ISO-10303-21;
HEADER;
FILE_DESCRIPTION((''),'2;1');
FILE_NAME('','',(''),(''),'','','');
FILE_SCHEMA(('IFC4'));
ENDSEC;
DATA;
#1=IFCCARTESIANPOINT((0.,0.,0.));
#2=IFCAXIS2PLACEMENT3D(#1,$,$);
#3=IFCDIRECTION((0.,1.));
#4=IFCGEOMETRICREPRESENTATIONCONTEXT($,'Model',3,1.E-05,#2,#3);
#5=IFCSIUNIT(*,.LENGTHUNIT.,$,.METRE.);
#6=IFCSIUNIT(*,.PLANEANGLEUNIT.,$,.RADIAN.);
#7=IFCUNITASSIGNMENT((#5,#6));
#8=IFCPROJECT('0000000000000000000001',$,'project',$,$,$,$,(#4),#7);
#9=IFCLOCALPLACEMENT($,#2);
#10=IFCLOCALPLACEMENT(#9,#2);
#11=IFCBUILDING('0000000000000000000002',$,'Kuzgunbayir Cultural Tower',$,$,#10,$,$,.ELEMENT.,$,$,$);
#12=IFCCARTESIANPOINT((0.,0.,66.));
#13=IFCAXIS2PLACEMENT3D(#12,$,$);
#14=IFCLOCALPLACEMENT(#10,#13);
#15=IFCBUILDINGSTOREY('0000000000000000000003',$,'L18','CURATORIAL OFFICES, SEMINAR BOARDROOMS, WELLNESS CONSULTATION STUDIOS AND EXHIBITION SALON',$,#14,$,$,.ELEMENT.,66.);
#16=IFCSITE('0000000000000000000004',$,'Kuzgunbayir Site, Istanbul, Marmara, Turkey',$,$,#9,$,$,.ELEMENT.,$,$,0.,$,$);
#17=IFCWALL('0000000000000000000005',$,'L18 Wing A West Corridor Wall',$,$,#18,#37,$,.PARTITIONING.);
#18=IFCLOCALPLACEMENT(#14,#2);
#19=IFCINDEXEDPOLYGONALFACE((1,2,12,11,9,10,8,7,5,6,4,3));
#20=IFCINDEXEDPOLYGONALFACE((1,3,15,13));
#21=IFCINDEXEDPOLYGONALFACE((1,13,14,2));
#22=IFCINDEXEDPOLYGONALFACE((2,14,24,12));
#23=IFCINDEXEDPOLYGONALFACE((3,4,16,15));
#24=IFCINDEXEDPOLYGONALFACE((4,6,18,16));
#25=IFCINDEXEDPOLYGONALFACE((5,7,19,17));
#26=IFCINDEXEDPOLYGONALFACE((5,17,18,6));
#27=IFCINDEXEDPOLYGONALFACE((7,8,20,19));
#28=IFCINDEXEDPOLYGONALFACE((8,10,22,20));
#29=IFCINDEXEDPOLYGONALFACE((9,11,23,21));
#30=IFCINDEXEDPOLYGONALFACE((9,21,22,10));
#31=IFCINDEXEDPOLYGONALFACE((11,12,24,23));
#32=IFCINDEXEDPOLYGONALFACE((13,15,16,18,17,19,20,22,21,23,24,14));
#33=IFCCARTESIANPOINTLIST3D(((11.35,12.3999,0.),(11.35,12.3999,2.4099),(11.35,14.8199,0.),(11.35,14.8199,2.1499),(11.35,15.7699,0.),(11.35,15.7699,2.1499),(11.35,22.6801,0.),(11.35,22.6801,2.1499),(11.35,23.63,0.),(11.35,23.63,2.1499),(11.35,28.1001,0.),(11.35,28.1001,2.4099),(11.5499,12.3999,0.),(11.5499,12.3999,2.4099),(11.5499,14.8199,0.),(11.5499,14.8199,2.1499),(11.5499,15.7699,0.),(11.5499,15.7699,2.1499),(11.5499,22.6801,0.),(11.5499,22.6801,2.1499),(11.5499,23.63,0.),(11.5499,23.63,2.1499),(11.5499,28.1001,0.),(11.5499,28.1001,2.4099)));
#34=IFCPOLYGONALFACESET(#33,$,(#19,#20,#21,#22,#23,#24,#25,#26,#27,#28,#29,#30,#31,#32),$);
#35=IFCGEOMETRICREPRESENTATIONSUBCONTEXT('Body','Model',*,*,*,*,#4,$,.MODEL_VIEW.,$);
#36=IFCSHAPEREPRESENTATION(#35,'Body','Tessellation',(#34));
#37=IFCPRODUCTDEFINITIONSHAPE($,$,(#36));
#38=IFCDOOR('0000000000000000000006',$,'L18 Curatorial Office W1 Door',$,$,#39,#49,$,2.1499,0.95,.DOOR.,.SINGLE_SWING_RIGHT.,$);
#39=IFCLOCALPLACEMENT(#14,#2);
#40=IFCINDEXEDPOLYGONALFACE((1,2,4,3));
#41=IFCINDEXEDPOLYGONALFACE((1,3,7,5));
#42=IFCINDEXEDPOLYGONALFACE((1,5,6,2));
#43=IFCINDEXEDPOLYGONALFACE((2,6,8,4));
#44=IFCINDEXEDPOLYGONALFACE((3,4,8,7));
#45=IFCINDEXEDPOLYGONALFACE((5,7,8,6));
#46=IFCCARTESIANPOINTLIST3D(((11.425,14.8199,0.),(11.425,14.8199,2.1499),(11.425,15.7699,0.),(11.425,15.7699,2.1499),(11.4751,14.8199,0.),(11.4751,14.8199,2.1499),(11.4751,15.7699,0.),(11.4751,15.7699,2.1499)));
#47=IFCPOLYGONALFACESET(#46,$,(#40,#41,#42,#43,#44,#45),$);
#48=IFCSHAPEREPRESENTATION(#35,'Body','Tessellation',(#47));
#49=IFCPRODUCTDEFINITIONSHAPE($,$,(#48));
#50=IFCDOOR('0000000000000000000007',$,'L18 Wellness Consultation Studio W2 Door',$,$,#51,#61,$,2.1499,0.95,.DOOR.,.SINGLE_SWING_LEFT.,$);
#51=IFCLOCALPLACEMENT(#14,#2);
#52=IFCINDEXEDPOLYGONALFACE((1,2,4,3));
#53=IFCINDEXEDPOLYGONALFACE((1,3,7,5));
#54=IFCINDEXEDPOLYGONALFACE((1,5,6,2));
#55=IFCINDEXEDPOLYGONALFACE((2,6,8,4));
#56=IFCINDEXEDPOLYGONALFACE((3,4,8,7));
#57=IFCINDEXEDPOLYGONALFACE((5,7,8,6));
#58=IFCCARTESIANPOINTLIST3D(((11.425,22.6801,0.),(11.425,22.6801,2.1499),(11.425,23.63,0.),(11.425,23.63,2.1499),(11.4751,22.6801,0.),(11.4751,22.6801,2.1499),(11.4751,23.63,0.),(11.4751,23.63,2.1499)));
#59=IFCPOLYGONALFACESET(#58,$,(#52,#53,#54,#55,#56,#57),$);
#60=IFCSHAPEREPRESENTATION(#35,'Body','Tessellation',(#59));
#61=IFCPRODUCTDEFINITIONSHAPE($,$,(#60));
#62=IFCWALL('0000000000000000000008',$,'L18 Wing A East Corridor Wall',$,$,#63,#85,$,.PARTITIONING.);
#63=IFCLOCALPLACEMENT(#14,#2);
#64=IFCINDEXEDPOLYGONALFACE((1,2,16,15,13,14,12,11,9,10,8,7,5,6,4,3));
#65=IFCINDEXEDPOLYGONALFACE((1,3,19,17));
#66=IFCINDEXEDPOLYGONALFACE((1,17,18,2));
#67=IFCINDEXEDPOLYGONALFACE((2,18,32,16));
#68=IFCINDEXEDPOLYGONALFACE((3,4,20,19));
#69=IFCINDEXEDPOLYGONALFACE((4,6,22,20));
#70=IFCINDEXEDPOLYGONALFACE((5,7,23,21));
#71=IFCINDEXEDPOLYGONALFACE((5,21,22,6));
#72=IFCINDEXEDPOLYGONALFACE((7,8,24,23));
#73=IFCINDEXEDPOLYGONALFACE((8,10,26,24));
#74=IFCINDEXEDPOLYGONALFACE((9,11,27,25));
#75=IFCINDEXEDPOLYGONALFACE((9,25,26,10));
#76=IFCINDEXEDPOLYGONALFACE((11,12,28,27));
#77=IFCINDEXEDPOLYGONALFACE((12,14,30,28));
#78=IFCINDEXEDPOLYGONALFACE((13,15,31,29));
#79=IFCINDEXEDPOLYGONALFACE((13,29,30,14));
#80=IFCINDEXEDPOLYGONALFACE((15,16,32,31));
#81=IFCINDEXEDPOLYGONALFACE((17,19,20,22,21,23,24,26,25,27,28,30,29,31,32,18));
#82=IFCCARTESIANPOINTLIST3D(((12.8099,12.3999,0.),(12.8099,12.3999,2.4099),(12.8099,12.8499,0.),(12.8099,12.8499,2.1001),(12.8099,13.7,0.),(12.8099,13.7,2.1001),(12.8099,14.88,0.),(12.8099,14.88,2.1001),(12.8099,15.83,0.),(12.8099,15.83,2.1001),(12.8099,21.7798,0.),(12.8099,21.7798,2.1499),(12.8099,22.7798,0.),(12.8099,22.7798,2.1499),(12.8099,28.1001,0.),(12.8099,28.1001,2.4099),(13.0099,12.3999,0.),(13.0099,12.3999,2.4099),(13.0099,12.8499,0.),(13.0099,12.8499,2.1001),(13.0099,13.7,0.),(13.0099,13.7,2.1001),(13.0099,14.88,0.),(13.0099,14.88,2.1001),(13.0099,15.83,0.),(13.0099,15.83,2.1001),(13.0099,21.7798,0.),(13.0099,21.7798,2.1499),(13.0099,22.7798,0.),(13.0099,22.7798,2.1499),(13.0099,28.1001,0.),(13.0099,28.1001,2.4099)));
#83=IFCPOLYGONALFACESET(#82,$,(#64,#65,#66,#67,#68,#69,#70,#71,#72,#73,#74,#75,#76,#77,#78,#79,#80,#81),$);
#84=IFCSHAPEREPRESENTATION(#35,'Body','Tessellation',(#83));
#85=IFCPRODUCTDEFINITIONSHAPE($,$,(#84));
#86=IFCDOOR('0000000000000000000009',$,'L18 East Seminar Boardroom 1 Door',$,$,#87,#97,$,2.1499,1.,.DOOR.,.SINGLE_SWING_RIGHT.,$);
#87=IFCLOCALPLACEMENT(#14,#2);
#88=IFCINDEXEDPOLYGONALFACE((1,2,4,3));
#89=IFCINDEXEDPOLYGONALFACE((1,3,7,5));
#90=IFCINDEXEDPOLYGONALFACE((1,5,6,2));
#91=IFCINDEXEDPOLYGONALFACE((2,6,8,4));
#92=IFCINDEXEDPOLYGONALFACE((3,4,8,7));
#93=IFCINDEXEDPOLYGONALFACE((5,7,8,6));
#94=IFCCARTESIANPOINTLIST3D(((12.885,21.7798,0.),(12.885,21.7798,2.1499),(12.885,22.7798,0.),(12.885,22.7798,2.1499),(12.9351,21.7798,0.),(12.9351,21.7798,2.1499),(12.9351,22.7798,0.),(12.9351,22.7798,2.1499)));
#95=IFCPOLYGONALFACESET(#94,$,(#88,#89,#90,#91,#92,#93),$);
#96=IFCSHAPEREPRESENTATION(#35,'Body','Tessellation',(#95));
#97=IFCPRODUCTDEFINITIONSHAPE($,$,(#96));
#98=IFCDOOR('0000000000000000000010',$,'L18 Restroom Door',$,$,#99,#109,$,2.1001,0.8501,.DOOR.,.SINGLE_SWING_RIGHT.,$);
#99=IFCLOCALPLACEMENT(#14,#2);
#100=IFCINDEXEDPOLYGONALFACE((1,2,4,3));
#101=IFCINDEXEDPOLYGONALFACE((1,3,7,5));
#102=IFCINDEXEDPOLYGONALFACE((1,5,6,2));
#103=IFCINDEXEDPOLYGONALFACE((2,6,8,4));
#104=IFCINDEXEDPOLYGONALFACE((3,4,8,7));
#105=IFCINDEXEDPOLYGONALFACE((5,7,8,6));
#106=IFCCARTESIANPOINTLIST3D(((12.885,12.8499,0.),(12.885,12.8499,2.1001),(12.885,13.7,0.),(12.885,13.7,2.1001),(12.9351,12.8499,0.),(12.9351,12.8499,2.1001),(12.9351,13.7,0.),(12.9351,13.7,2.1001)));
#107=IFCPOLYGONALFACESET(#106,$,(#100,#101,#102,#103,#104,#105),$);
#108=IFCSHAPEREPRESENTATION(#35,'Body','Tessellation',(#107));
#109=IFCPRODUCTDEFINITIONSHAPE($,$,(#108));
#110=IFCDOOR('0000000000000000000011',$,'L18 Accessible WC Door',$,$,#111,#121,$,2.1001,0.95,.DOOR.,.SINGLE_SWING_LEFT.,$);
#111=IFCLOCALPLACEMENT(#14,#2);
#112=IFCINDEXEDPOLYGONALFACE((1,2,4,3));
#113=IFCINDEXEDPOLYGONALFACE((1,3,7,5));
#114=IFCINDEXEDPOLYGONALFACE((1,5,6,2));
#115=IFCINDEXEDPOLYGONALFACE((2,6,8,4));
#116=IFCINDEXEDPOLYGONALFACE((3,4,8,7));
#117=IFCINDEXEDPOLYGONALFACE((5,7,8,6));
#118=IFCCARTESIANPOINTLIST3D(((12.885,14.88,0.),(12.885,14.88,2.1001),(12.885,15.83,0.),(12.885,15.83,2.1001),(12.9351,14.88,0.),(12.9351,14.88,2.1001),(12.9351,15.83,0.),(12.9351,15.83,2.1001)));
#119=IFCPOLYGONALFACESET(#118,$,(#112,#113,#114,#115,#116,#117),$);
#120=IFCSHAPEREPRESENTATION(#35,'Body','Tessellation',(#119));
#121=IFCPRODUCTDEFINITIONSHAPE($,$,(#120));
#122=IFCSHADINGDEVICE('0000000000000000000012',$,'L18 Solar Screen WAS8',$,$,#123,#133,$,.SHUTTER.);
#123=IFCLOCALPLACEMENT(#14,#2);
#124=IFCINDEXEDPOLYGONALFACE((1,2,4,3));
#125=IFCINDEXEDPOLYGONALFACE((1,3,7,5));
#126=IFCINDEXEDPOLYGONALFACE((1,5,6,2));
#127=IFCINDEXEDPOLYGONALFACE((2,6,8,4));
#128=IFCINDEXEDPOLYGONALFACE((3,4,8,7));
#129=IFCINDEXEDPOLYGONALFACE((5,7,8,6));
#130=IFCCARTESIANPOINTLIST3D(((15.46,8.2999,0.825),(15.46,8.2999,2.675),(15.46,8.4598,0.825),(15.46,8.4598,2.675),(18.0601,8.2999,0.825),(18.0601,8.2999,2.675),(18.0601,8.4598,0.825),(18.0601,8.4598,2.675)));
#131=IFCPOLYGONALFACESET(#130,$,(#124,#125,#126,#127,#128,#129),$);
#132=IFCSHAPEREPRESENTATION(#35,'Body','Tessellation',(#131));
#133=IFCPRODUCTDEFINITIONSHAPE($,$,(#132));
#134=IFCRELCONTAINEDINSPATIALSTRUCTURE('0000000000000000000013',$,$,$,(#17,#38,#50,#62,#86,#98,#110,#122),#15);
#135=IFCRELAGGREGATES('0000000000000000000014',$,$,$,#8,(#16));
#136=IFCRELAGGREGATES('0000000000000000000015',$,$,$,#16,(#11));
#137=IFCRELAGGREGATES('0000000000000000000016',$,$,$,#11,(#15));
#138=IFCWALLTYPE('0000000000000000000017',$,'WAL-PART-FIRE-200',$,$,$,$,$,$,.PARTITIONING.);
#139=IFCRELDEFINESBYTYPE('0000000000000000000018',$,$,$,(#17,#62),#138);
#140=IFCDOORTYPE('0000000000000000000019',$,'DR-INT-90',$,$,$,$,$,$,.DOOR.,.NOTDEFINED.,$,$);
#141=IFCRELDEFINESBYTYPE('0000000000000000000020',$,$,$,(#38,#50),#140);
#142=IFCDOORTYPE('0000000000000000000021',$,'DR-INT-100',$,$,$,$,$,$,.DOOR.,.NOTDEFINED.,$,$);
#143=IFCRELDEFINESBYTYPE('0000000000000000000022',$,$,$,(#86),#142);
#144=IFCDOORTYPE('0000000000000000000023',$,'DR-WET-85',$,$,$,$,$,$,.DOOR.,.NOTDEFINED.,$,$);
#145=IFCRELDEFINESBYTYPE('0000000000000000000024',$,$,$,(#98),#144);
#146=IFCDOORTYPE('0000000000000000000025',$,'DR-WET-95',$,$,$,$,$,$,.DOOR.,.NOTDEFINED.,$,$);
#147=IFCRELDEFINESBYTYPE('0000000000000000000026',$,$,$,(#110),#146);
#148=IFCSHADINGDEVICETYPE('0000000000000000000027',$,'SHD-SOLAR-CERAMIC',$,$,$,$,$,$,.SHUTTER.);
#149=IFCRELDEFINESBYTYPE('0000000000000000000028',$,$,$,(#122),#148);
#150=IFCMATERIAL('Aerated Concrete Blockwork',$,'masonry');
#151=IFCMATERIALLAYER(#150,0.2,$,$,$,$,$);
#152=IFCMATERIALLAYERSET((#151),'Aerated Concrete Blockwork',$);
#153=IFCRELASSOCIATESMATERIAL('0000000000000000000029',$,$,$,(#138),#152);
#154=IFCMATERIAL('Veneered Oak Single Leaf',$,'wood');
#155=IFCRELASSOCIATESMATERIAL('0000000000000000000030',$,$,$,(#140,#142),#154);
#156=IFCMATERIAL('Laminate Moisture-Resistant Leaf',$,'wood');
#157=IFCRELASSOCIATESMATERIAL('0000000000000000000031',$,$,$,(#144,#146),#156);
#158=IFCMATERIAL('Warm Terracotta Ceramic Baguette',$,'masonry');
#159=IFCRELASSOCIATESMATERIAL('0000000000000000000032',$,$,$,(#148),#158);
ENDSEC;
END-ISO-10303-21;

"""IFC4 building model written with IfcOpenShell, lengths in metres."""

from ifc_helpers import new_model, si_unit, direction, frame, frame_2d, origin, origin_2d, place, context, subcontext, project, spatial, rectangle, extrude, material, layer, layer_set, type_object, element, fill, save


model = new_model("IFC4")

# Units and contexts
model_context = context("Model", 3, precision=1e-05, world=origin(), true_north=direction((0.0, 1.0)))
body_context = subcontext(model_context, "Body", "Model", "MODEL_VIEW")
ifc_project = project(units=[si_unit("LENGTHUNIT", "METRE"), si_unit("PLANEANGLEUNIT", "RADIAN")], contexts=[model_context])

# Site, building, storey
site_placement = place(None, origin())
site = spatial("IfcSite", under=ifc_project, at=site_placement, Name="Kuzgunbayir Site, Istanbul, Marmara, Turkey", CompositionType="ELEMENT", RefElevation=0.0)
building_placement = place(site_placement, origin())
building = spatial("IfcBuilding", under=site, at=building_placement, Name="Kuzgunbayir Cultural Tower", CompositionType="ELEMENT")
storey_placement = place(building_placement, frame((0.0, 0.0, 66.0)))
storey = spatial("IfcBuildingStorey", under=building, at=storey_placement, Name="L18", Description="CURATORIAL OFFICES, SEMINAR BOARDROOMS, WELLNESS CONSULTATION STUDIOS AND EXHIBITION SALON", CompositionType="ELEMENT", Elevation=66.0)

# Walls, openings, doors
ifc_material_1 = material(Name="Aerated Concrete Blockwork", Category="masonry")
ifc_layer_1 = layer(ifc_material_1, 0.2)
ifc_layer_set_1 = layer_set([ifc_layer_1], Name="Aerated Concrete Blockwork")
wall_type_1 = type_object("IfcWallType", Name="WAL-PART-FIRE-200", PredefinedType="PARTITIONING", material=ifc_layer_set_1)
wall_1_placement = place(storey_placement, frame((11.45, 12.3999, 0.0), z_axis=(0.0, 0.0, 1.0), x_axis=(0.0, 1.0, 0.0)))
wall_1 = element("IfcWall", 1, at=wall_1_placement, inside=storey, type_object=wall_type_1, Name="L18 Wing A West Corridor Wall", PredefinedType="PARTITIONING", context=body_context, shape_type="SweptSolid", body=[
    extrude(rectangle(XDim=15.7002, YDim=0.2, at=frame_2d((7.8501, 0.0))), origin(), (0.0, 0.0, 1.0), 2.4099),
])
opening_1_placement = place(wall_1_placement, frame((2.4199, 0.0, 0.0)))
opening_1 = element("IfcOpeningElement", 2, at=opening_1_placement, cuts=wall_1, PredefinedType="OPENING", context=body_context, shape_type="SweptSolid", body=[
    extrude(rectangle(XDim=0.95, YDim=2.1499, at=frame_2d((0.4751, 1.075))), frame((0.0, 0.1099, 0.0), z_axis=(0.0, -1.0, 0.0), x_axis=(1.0, 0.0, 0.0)), (0.0, 0.0, 1.0), 0.22),
])
opening_2_placement = place(wall_1_placement, frame((10.28, 0.0, 0.0)))
opening_2 = element("IfcOpeningElement", 3, at=opening_2_placement, cuts=wall_1, PredefinedType="OPENING", context=body_context, shape_type="SweptSolid", body=[
    extrude(rectangle(XDim=0.95, YDim=2.1499, at=frame_2d((0.4751, 1.075))), frame((0.0, 0.1099, 0.0), z_axis=(0.0, -1.0, 0.0), x_axis=(1.0, 0.0, 0.0)), (0.0, 0.0, 1.0), 0.22),
])
ifc_material_2 = material(Name="Veneered Oak Single Leaf", Category="wood")
door_type_1 = type_object("IfcDoorType", Name="DR-INT-90", OperationType="NOTDEFINED", PredefinedType="DOOR", material=ifc_material_2)
door_1_placement = place(opening_1_placement, origin())
door_1 = element("IfcDoor", 4, at=door_1_placement, inside=storey, type_object=door_type_1, Name="L18 Curatorial Office W1 Door", OperationType="SINGLE_SWING_RIGHT", OverallHeight=2.1499, OverallWidth=0.95, PredefinedType="DOOR", context=body_context, shape_type="SweptSolid", body=[
    extrude(rectangle(XDim=0.95, YDim=2.1499, at=frame_2d((0.4751, 1.075))), frame((0.0, 0.0249, 0.0), z_axis=(0.0, -1.0, 0.0), x_axis=(1.0, 0.0, 0.0)), (0.0, 0.0, 1.0), 0.05),
])
fill(opening_1, door_1)
door_2_placement = place(opening_2_placement, origin())
door_2 = element("IfcDoor", 5, at=door_2_placement, inside=storey, type_object=door_type_1, Name="L18 Wellness Consultation Studio W2 Door", OperationType="SINGLE_SWING_LEFT", OverallHeight=2.1499, OverallWidth=0.95, PredefinedType="DOOR", context=body_context, shape_type="SweptSolid", body=[
    extrude(rectangle(XDim=0.95, YDim=2.1499, at=frame_2d((0.4751, 1.075))), frame((0.0, 0.0249, 0.0), z_axis=(0.0, -1.0, 0.0), x_axis=(1.0, 0.0, 0.0)), (0.0, 0.0, 1.0), 0.05),
])
fill(opening_2, door_2)
wall_2_placement = place(storey_placement, frame((12.9099, 12.3999, 0.0), z_axis=(0.0, 0.0, 1.0), x_axis=(0.0, 1.0, 0.0)))
wall_2 = element("IfcWall", 6, at=wall_2_placement, inside=storey, type_object=wall_type_1, Name="L18 Wing A East Corridor Wall", PredefinedType="PARTITIONING", context=body_context, shape_type="SweptSolid", body=[
    extrude(rectangle(XDim=15.7002, YDim=0.2, at=frame_2d((7.8501, 0.0))), origin(), (0.0, 0.0, 1.0), 2.4099),
])
opening_3_placement = place(wall_2_placement, frame((0.45, 0.0, 0.0)))
opening_3 = element("IfcOpeningElement", 7, at=opening_3_placement, cuts=wall_2, PredefinedType="OPENING", context=body_context, shape_type="SweptSolid", body=[
    extrude(rectangle(XDim=0.8501, YDim=2.1001, at=frame_2d((0.425, 1.05))), frame((0.0, 0.1099, 0.0), z_axis=(0.0, -1.0, 0.0), x_axis=(1.0, 0.0, 0.0)), (0.0, 0.0, 1.0), 0.22),
])
opening_4_placement = place(wall_2_placement, frame((2.48, 0.0, 0.0)))
opening_4 = element("IfcOpeningElement", 8, at=opening_4_placement, cuts=wall_2, PredefinedType="OPENING", context=body_context, shape_type="SweptSolid", body=[
    extrude(rectangle(XDim=0.95, YDim=2.1001, at=frame_2d((0.4751, 1.05))), frame((0.0, 0.1099, 0.0), z_axis=(0.0, -1.0, 0.0), x_axis=(1.0, 0.0, 0.0)), (0.0, 0.0, 1.0), 0.22),
])
opening_5_placement = place(wall_2_placement, frame((9.3799, 0.0, 0.0)))
opening_5 = element("IfcOpeningElement", 9, at=opening_5_placement, cuts=wall_2, PredefinedType="OPENING", context=body_context, shape_type="SweptSolid", body=[
    extrude(rectangle(XDim=1.0, YDim=2.1499, at=frame_2d((0.5, 1.075))), frame((0.0, 0.1099, 0.0), z_axis=(0.0, -1.0, 0.0), x_axis=(1.0, 0.0, 0.0)), (0.0, 0.0, 1.0), 0.22),
])
door_type_2 = type_object("IfcDoorType", Name="DR-INT-100", OperationType="NOTDEFINED", PredefinedType="DOOR", material=ifc_material_2)
door_3_placement = place(opening_5_placement, origin())
door_3 = element("IfcDoor", 10, at=door_3_placement, inside=storey, type_object=door_type_2, Name="L18 East Seminar Boardroom 1 Door", OperationType="SINGLE_SWING_RIGHT", OverallHeight=2.1499, OverallWidth=1.0, PredefinedType="DOOR", context=body_context, shape_type="SweptSolid", body=[
    extrude(rectangle(XDim=1.0, YDim=2.1499, at=frame_2d((0.5, 1.075))), frame((0.0, 0.0249, 0.0), z_axis=(0.0, -1.0, 0.0), x_axis=(1.0, 0.0, 0.0)), (0.0, 0.0, 1.0), 0.05),
])
fill(opening_5, door_3)
ifc_material_3 = material(Name="Laminate Moisture-Resistant Leaf", Category="wood")
door_type_3 = type_object("IfcDoorType", Name="DR-WET-85", OperationType="NOTDEFINED", PredefinedType="DOOR", material=ifc_material_3)
door_4_placement = place(opening_3_placement, origin())
door_4 = element("IfcDoor", 11, at=door_4_placement, inside=storey, type_object=door_type_3, Name="L18 Restroom Door", OperationType="SINGLE_SWING_RIGHT", OverallHeight=2.1001, OverallWidth=0.8501, PredefinedType="DOOR", context=body_context, shape_type="SweptSolid", body=[
    extrude(rectangle(XDim=0.8501, YDim=2.1001, at=frame_2d((0.425, 1.05))), frame((0.0, 0.0249, 0.0), z_axis=(0.0, -1.0, 0.0), x_axis=(1.0, 0.0, 0.0)), (0.0, 0.0, 1.0), 0.05),
])
fill(opening_3, door_4)
door_type_4 = type_object("IfcDoorType", Name="DR-WET-95", OperationType="NOTDEFINED", PredefinedType="DOOR", material=ifc_material_3)
door_5_placement = place(opening_4_placement, origin())
door_5 = element("IfcDoor", 12, at=door_5_placement, inside=storey, type_object=door_type_4, Name="L18 Accessible WC Door", OperationType="SINGLE_SWING_LEFT", OverallHeight=2.1001, OverallWidth=0.95, PredefinedType="DOOR", context=body_context, shape_type="SweptSolid", body=[
    extrude(rectangle(XDim=0.95, YDim=2.1001, at=frame_2d((0.4751, 1.05))), frame((0.0, 0.0249, 0.0), z_axis=(0.0, -1.0, 0.0), x_axis=(1.0, 0.0, 0.0)), (0.0, 0.0, 1.0), 0.05),
])
fill(opening_4, door_5)

# Shading device
ifc_material_4 = material(Name="Warm Terracotta Ceramic Baguette", Category="masonry")
shading_device_type = type_object("IfcShadingDeviceType", Name="SHD-SOLAR-CERAMIC", PredefinedType="SHUTTER", material=ifc_material_4)
shading_device_placement = place(storey_placement, frame((16.76, 8.3799, 0.825), z_axis=(0.0, 0.0, 1.0), x_axis=(1.0, 0.0, 0.0)))
element("IfcShadingDevice", 13, at=shading_device_placement, inside=storey, type_object=shading_device_type, Name="L18 Solar Screen WAS8", PredefinedType="SHUTTER", context=body_context, shape_type="SweptSolid", body=[
    extrude(rectangle(XDim=2.6001, YDim=0.1599, at=origin_2d()), origin(), (0.0, 0.0, 1.0), 1.8501),
])

save(model, "model.ifc")
